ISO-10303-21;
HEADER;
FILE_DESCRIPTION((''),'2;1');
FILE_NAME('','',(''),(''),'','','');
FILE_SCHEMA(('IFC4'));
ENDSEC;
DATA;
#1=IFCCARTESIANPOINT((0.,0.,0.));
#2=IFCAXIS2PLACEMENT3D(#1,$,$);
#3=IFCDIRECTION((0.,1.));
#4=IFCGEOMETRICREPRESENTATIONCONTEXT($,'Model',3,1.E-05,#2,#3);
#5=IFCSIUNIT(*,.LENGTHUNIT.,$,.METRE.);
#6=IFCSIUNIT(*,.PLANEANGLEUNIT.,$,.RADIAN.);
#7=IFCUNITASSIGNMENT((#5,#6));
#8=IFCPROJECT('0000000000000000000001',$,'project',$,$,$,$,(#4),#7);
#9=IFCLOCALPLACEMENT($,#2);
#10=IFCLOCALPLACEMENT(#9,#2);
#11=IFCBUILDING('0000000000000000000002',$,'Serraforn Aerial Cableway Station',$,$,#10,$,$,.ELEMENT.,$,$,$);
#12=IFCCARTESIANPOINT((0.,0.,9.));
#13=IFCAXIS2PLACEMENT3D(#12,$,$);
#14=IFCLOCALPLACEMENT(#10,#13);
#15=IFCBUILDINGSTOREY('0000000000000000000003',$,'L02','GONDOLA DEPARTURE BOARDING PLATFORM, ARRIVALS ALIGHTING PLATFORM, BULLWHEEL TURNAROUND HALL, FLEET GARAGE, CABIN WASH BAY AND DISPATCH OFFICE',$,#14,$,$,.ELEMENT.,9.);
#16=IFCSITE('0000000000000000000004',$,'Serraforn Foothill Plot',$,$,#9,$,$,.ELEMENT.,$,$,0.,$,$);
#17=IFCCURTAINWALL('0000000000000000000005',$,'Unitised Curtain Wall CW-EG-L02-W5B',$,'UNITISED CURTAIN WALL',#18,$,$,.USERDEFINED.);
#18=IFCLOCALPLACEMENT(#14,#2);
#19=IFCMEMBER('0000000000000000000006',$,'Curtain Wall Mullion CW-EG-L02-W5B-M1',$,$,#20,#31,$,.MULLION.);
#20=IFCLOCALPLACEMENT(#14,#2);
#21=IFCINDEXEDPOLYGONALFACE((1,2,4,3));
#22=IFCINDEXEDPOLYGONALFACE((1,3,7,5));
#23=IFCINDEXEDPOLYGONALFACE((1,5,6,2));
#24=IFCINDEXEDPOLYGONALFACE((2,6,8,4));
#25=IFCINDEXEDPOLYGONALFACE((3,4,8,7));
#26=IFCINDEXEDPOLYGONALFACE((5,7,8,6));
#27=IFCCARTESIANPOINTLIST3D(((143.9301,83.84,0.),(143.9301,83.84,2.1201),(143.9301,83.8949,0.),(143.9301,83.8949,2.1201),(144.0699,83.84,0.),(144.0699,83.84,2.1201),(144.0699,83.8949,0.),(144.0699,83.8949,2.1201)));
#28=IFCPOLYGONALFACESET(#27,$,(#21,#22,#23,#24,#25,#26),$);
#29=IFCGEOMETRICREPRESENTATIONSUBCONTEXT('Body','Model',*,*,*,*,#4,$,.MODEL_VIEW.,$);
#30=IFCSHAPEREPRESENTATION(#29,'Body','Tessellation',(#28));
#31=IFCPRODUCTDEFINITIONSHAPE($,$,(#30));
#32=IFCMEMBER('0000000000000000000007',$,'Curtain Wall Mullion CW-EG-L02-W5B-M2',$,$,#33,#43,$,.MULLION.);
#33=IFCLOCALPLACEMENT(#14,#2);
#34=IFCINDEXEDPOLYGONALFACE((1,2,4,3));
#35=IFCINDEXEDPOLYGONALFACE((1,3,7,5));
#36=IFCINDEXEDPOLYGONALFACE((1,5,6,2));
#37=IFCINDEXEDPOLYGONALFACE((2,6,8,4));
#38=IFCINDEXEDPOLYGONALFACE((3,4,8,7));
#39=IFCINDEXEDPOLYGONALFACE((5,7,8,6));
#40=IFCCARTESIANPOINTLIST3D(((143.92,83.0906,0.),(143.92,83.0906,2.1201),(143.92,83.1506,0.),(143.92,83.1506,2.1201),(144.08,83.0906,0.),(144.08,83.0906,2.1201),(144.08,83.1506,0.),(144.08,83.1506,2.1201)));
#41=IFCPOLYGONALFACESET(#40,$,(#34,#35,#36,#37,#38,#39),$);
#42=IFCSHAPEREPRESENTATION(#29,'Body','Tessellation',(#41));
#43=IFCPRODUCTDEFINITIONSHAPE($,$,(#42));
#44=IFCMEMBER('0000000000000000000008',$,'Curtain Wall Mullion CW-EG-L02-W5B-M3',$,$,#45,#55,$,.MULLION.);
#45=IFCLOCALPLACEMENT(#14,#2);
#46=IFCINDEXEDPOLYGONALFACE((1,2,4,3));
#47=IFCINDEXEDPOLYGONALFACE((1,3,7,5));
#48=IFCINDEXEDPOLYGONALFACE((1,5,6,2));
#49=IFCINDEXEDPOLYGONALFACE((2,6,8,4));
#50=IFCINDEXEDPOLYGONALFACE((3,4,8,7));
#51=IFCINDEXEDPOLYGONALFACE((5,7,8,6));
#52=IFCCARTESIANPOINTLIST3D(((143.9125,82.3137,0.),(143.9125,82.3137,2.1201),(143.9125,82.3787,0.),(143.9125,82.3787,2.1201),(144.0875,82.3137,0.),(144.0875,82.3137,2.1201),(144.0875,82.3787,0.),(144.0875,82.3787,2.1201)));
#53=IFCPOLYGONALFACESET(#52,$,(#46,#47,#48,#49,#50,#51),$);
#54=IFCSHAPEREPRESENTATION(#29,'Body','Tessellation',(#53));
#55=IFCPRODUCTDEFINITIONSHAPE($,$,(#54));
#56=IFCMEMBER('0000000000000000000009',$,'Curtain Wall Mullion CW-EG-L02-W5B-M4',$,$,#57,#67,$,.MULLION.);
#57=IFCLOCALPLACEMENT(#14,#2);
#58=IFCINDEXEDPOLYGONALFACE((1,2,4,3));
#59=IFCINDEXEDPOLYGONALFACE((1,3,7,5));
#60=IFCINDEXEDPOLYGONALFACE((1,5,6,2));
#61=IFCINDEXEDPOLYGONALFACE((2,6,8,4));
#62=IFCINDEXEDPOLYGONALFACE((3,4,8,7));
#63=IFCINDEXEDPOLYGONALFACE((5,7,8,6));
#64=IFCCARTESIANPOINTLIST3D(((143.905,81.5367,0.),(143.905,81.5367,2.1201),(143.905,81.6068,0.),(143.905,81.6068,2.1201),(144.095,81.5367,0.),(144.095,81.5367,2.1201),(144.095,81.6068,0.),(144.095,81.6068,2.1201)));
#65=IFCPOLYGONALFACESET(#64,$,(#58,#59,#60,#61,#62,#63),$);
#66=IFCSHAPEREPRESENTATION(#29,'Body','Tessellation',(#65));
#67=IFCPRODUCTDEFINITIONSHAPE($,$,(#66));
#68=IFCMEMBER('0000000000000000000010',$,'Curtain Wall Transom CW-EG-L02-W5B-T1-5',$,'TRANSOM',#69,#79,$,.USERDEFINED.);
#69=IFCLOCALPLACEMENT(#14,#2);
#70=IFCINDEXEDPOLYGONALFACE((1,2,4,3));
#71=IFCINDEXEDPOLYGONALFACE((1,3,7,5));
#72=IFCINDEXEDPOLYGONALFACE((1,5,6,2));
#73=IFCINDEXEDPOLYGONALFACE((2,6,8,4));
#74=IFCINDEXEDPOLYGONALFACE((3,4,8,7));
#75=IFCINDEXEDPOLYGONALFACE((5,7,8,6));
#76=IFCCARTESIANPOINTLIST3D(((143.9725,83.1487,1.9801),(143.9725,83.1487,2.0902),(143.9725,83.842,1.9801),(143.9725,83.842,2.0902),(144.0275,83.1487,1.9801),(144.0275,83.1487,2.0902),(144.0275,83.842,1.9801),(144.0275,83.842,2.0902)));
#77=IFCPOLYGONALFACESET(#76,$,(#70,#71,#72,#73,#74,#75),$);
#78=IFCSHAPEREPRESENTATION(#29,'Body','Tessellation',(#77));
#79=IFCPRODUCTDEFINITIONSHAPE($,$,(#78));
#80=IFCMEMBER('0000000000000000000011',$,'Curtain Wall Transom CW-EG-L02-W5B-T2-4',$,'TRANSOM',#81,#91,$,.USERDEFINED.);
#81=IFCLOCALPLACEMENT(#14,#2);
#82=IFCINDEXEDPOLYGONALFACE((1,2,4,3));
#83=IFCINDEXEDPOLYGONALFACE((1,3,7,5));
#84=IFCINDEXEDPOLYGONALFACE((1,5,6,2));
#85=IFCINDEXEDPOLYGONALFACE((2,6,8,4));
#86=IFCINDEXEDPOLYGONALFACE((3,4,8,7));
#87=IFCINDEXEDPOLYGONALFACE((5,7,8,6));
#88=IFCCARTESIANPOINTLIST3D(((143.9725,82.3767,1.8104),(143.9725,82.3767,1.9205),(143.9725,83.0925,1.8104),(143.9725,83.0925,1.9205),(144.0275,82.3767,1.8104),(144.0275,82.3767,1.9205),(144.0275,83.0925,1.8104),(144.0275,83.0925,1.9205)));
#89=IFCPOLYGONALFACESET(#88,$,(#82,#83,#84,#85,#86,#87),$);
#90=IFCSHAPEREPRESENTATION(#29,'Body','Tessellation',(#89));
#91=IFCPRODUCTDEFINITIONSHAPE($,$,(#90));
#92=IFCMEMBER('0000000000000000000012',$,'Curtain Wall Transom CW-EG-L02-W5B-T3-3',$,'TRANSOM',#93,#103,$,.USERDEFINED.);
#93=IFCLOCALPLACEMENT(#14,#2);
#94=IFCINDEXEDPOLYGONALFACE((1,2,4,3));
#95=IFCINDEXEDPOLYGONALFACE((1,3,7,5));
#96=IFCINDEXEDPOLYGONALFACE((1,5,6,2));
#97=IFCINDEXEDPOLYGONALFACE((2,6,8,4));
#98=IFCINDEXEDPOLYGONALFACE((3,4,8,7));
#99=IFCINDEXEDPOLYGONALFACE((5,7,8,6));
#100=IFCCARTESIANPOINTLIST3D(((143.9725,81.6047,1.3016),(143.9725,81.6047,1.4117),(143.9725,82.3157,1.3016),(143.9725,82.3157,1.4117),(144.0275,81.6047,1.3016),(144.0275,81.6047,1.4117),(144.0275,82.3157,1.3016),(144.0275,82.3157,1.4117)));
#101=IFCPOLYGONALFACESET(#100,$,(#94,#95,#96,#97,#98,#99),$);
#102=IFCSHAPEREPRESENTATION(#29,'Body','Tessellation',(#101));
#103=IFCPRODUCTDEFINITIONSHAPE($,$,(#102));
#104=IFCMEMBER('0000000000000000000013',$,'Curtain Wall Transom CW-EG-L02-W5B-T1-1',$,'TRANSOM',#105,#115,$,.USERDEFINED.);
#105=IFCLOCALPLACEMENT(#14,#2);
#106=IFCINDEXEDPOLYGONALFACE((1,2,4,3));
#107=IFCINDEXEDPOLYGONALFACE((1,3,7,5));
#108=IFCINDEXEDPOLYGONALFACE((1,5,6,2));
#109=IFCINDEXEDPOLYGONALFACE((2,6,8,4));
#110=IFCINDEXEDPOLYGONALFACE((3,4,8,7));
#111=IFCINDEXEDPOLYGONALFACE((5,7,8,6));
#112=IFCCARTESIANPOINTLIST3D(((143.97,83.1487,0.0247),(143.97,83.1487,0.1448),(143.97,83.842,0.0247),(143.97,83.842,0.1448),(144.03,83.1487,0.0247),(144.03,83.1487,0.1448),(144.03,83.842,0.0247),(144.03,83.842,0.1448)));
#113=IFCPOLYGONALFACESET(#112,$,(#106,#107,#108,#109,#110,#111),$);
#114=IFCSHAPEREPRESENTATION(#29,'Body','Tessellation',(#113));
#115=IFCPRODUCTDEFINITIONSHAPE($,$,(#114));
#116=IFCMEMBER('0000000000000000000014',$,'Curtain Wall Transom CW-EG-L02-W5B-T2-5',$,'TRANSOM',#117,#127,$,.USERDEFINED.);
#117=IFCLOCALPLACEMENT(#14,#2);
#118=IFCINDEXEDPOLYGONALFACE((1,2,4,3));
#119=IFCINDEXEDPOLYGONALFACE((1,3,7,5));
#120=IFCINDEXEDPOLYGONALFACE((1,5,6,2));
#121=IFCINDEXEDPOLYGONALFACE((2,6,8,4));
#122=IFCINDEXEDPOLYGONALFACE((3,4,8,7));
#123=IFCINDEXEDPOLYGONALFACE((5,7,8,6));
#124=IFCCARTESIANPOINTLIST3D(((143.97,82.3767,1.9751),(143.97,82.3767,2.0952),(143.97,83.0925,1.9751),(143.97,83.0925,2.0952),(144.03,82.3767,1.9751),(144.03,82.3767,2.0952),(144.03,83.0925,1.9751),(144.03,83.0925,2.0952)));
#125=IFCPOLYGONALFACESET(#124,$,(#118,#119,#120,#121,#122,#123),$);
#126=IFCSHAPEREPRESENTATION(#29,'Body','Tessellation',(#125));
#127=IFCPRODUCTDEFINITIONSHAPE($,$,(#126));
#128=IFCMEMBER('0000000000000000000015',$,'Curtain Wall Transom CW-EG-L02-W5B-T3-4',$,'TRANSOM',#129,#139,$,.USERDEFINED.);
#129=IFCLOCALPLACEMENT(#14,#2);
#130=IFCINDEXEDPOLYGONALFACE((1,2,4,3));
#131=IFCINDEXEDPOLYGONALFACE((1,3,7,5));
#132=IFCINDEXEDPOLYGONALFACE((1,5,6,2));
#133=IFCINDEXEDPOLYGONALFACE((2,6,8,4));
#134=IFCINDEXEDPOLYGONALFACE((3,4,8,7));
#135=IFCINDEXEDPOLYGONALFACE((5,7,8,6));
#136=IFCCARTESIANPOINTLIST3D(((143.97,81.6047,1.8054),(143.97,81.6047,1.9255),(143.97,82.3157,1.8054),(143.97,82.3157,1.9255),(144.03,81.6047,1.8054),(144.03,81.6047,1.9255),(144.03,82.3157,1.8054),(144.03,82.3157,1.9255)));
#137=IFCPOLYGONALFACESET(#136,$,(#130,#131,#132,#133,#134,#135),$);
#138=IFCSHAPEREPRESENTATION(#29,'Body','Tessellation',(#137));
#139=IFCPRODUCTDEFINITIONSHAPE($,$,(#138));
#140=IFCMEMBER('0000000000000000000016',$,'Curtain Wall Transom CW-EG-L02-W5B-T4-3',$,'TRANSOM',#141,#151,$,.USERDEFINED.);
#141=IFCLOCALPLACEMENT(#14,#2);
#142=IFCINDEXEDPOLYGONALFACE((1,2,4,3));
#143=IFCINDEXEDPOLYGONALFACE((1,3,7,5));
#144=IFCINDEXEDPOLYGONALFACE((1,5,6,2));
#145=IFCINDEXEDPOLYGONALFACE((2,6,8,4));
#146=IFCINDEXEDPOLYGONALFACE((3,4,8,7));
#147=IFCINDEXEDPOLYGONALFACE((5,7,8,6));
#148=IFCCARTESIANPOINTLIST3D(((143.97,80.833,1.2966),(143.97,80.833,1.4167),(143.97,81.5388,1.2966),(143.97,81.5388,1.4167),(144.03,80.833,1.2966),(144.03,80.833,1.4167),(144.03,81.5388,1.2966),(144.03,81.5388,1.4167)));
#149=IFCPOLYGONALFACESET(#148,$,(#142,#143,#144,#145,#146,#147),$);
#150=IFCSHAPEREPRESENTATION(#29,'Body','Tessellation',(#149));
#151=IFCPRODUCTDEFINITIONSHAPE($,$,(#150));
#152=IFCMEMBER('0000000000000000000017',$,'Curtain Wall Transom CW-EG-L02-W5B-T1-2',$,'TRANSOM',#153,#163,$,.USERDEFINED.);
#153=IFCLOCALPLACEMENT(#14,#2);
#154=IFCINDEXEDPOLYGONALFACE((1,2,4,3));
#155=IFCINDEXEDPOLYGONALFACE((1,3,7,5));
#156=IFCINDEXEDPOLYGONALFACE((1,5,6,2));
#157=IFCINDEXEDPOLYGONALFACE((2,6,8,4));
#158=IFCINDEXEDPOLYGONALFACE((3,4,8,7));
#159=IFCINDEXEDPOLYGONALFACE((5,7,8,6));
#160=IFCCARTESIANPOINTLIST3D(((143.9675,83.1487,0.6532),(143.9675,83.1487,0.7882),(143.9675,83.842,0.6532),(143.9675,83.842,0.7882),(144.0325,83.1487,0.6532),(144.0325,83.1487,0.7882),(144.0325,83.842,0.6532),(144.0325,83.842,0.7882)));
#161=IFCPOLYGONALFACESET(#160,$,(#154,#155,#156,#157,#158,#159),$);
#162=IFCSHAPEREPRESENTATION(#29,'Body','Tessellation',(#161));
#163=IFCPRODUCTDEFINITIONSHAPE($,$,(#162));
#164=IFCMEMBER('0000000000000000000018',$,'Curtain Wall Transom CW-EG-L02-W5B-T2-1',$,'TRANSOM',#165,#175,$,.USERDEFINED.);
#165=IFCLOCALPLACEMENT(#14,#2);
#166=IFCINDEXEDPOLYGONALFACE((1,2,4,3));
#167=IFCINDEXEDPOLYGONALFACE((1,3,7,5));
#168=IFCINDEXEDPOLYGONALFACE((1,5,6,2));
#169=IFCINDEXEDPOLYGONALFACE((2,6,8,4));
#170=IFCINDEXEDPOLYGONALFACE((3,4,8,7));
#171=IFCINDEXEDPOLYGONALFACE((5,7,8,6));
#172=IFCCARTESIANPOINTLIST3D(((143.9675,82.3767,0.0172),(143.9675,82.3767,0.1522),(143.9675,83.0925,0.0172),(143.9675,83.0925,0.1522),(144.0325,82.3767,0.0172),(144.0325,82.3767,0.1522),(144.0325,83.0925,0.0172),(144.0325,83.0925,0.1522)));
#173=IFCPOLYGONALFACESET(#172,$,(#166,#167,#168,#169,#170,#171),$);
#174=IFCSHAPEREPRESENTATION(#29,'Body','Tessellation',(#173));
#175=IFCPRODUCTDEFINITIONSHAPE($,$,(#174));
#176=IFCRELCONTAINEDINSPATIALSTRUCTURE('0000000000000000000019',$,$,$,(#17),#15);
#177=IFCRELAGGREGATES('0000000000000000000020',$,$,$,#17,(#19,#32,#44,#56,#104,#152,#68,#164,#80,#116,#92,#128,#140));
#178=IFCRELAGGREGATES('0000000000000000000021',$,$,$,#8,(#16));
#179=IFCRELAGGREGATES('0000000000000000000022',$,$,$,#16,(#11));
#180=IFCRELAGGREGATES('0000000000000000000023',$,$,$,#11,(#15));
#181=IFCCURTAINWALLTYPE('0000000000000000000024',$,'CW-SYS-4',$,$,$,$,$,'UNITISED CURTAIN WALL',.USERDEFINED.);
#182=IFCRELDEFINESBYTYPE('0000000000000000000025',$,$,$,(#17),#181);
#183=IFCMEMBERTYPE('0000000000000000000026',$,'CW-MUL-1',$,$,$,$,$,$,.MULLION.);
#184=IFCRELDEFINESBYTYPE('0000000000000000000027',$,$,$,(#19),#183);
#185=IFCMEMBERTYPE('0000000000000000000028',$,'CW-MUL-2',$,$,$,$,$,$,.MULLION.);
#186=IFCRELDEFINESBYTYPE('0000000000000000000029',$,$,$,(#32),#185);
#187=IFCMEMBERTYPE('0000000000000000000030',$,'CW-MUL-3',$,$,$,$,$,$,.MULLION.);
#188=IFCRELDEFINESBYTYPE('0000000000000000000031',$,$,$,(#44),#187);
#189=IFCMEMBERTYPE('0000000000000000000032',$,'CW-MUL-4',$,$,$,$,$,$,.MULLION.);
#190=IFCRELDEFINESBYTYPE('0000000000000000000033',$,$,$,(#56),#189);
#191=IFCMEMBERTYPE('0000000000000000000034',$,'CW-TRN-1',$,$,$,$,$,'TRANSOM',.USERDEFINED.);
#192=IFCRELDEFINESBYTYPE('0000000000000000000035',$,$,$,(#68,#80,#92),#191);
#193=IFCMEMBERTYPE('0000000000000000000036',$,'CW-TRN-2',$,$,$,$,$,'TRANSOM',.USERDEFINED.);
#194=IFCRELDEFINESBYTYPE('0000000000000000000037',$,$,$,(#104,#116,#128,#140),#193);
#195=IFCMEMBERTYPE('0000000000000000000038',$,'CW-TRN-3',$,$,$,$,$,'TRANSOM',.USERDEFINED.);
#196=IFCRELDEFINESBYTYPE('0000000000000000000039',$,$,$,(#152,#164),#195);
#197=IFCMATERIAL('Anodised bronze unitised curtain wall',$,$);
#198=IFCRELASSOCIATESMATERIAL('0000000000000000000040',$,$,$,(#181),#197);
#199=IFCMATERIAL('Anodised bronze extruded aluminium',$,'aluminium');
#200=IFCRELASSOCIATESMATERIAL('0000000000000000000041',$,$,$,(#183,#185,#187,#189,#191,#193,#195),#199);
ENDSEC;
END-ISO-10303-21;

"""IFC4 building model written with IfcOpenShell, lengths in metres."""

from ifc_helpers import new_model, si_unit, direction, frame, origin, origin_2d, place, context, subcontext, project, spatial, rectangle, extrude, material, material_profile, profile_set, type_object, element, aggregate, save


model = new_model("IFC4")

# Units and contexts
model_context = context("Model", 3, precision=1e-05, world=origin(), true_north=direction((0.0, 1.0)))
body_context = subcontext(model_context, "Body", "Model", "MODEL_VIEW")
ifc_project = project(units=[si_unit("LENGTHUNIT", "METRE"), si_unit("PLANEANGLEUNIT", "RADIAN")], contexts=[model_context])

# Site, building, storey
site_placement = place(None, origin())
site = spatial("IfcSite", under=ifc_project, at=site_placement, Name="Serraforn Foothill Plot", CompositionType="ELEMENT", RefElevation=0.0)
building_placement = place(site_placement, origin())
building = spatial("IfcBuilding", under=site, at=building_placement, Name="Serraforn Aerial Cableway Station", CompositionType="ELEMENT")
storey_placement = place(building_placement, frame((0.0, 0.0, 9.0)))
storey = spatial("IfcBuildingStorey", under=building, at=storey_placement, Name="L02", Description="GONDOLA DEPARTURE BOARDING PLATFORM, ARRIVALS ALIGHTING PLATFORM, BULLWHEEL TURNAROUND HALL, FLEET GARAGE, CABIN WASH BAY AND DISPATCH OFFICE", CompositionType="ELEMENT", Elevation=9.0)

# Curtain wall, members
ifc_material_1 = material(Name="Anodised bronze unitised curtain wall")
curtain_wall_type = type_object("IfcCurtainWallType", Name="CW-SYS-4", ElementType="UNITISED CURTAIN WALL", PredefinedType="USERDEFINED", material=ifc_material_1)
curtain_wall_placement = place(storey_placement, origin())
curtain_wall = element("IfcCurtainWall", 1, at=curtain_wall_placement, inside=storey, type_object=curtain_wall_type, Name="Unitised Curtain Wall CW-EG-L02-W5B", ObjectType="UNITISED CURTAIN WALL", PredefinedType="USERDEFINED")
ifc_material_2 = material(Name="Anodised bronze extruded aluminium", Category="aluminium")
ifc_material_profile_1 = material_profile(ifc_material_2, rectangle(XDim=0.0549, YDim=0.1399, at=origin_2d()), Name="CW MULLION 55x140")
ifc_profile_set_1 = profile_set([ifc_material_profile_1], Name="Anodised bronze extruded aluminium")
member_type_1 = type_object("IfcMemberType", Name="CW-MUL-1", PredefinedType="MULLION", material=ifc_profile_set_1)
member_1_placement = place(storey_placement, frame((144.0, 83.8674, 0.0), z_axis=(0.0, 0.0, 1.0), x_axis=(0.0, -1.0, 0.0)))
member_1 = element("IfcMember", 2, at=member_1_placement, type_object=member_type_1, Name="Curtain Wall Mullion CW-EG-L02-W5B-M1", PredefinedType="MULLION", context=body_context, shape_type="SweptSolid", body=[
    extrude(rectangle(XDim=0.0549, YDim=0.1399, at=origin_2d()), origin(), (0.0, 0.0, 1.0), 2.1201),
])
ifc_material_profile_2 = material_profile(ifc_material_2, rectangle(XDim=0.0601, YDim=0.1599, at=origin_2d()), Name="CW MULLION 60x160")
ifc_profile_set_2 = profile_set([ifc_material_profile_2], Name="Anodised bronze extruded aluminium")
member_type_2 = type_object("IfcMemberType", Name="CW-MUL-2", PredefinedType="MULLION", material=ifc_profile_set_2)
member_2_placement = place(storey_placement, frame((144.0, 83.1206, 0.0), z_axis=(0.0, 0.0, 1.0), x_axis=(0.0, -1.0, 0.0)))
member_2 = element("IfcMember", 3, at=member_2_placement, type_object=member_type_2, Name="Curtain Wall Mullion CW-EG-L02-W5B-M2", PredefinedType="MULLION", context=body_context, shape_type="SweptSolid", body=[
    extrude(rectangle(XDim=0.0601, YDim=0.1599, at=origin_2d()), origin(), (0.0, 0.0, 1.0), 2.1201),
])
ifc_material_profile_3 = material_profile(ifc_material_2, rectangle(XDim=0.0649, YDim=0.175, at=origin_2d()), Name="CW MULLION 65x175")
ifc_profile_set_3 = profile_set([ifc_material_profile_3], Name="Anodised bronze extruded aluminium")
member_type_3 = type_object("IfcMemberType", Name="CW-MUL-3", PredefinedType="MULLION", material=ifc_profile_set_3)
member_3_placement = place(storey_placement, frame((144.0, 82.3462, 0.0), z_axis=(0.0, 0.0, 1.0), x_axis=(0.0, -1.0, 0.0)))
member_3 = element("IfcMember", 4, at=member_3_placement, type_object=member_type_3, Name="Curtain Wall Mullion CW-EG-L02-W5B-M3", PredefinedType="MULLION", context=body_context, shape_type="SweptSolid", body=[
    extrude(rectangle(XDim=0.0649, YDim=0.175, at=origin_2d()), origin(), (0.0, 0.0, 1.0), 2.1201),
])
ifc_material_profile_4 = material_profile(ifc_material_2, rectangle(XDim=0.0701, YDim=0.1899, at=origin_2d()), Name="CW MULLION 70x190")
ifc_profile_set_4 = profile_set([ifc_material_profile_4], Name="Anodised bronze extruded aluminium")
member_type_4 = type_object("IfcMemberType", Name="CW-MUL-4", PredefinedType="MULLION", material=ifc_profile_set_4)
member_4_placement = place(storey_placement, frame((144.0, 81.5718, 0.0), z_axis=(0.0, 0.0, 1.0), x_axis=(0.0, -1.0, 0.0)))
member_4 = element("IfcMember", 5, at=member_4_placement, type_object=member_type_4, Name="Curtain Wall Mullion CW-EG-L02-W5B-M4", PredefinedType="MULLION", context=body_context, shape_type="SweptSolid", body=[
    extrude(rectangle(XDim=0.0701, YDim=0.1899, at=origin_2d()), origin(), (0.0, 0.0, 1.0), 2.1201),
])
ifc_material_profile_5 = material_profile(ifc_material_2, rectangle(XDim=0.0549, YDim=0.1101, at=origin_2d()), Name="CW TRANSOM 55x110")
ifc_profile_set_5 = profile_set([ifc_material_profile_5], Name="Anodised bronze extruded aluminium")
member_type_5 = type_object("IfcMemberType", Name="CW-TRN-1", ElementType="TRANSOM", PredefinedType="USERDEFINED", material=ifc_profile_set_5)
member_5_placement = place(storey_placement, frame((144.0, 83.842, 2.0352), z_axis=(0.0, -1.0, 0.0), x_axis=(1.0, 0.0, 0.0)))
member_5 = element("IfcMember", 6, at=member_5_placement, type_object=member_type_5, Name="Curtain Wall Transom CW-EG-L02-W5B-T1-5", ObjectType="TRANSOM", PredefinedType="USERDEFINED", context=body_context, shape_type="SweptSolid", body=[
    extrude(rectangle(XDim=0.0549, YDim=0.1101, at=origin_2d()), origin(), (0.0, 0.0, 1.0), 0.6934),
])
member_6_placement = place(storey_placement, frame((144.0, 83.0925, 1.8655), z_axis=(0.0, -1.0, 0.0), x_axis=(1.0, 0.0, 0.0)))
member_6 = element("IfcMember", 7, at=member_6_placement, type_object=member_type_5, Name="Curtain Wall Transom CW-EG-L02-W5B-T2-4", ObjectType="TRANSOM", PredefinedType="USERDEFINED", context=body_context, shape_type="SweptSolid", body=[
    extrude(rectangle(XDim=0.0549, YDim=0.1101, at=origin_2d()), origin(), (0.0, 0.0, 1.0), 0.7158),
])
member_7_placement = place(storey_placement, frame((144.0, 82.3157, 1.3567), z_axis=(0.0, -1.0, 0.0), x_axis=(1.0, 0.0, 0.0)))
member_7 = element("IfcMember", 8, at=member_7_placement, type_object=member_type_5, Name="Curtain Wall Transom CW-EG-L02-W5B-T3-3", ObjectType="TRANSOM", PredefinedType="USERDEFINED", context=body_context, shape_type="SweptSolid", body=[
    extrude(rectangle(XDim=0.0549, YDim=0.1101, at=origin_2d()), origin(), (0.0, 0.0, 1.0), 0.7109),
])
ifc_material_profile_6 = material_profile(ifc_material_2, rectangle(XDim=0.0601, YDim=0.1201, at=origin_2d()), Name="CW TRANSOM 60x120")
ifc_profile_set_6 = profile_set([ifc_material_profile_6], Name="Anodised bronze extruded aluminium")
member_type_6 = type_object("IfcMemberType", Name="CW-TRN-2", ElementType="TRANSOM", PredefinedType="USERDEFINED", material=ifc_profile_set_6)
member_8_placement = place(storey_placement, frame((144.0, 83.842, 0.0847), z_axis=(0.0, -1.0, 0.0), x_axis=(1.0, 0.0, 0.0)))
member_8 = element("IfcMember", 9, at=member_8_placement, type_object=member_type_6, Name="Curtain Wall Transom CW-EG-L02-W5B-T1-1", ObjectType="TRANSOM", PredefinedType="USERDEFINED", context=body_context, shape_type="SweptSolid", body=[
    extrude(rectangle(XDim=0.0601, YDim=0.1201, at=origin_2d()), origin(), (0.0, 0.0, 1.0), 0.6934),
])
member_9_placement = place(storey_placement, frame((144.0, 83.0925, 2.0352), z_axis=(0.0, -1.0, 0.0), x_axis=(1.0, 0.0, 0.0)))
member_9 = element("IfcMember", 10, at=member_9_placement, type_object=member_type_6, Name="Curtain Wall Transom CW-EG-L02-W5B-T2-5", ObjectType="TRANSOM", PredefinedType="USERDEFINED", context=body_context, shape_type="SweptSolid", body=[
    extrude(rectangle(XDim=0.0601, YDim=0.1201, at=origin_2d()), origin(), (0.0, 0.0, 1.0), 0.7158),
])
member_10_placement = place(storey_placement, frame((144.0, 82.3157, 1.8655), z_axis=(0.0, -1.0, 0.0), x_axis=(1.0, 0.0, 0.0)))
member_10 = element("IfcMember", 11, at=member_10_placement, type_object=member_type_6, Name="Curtain Wall Transom CW-EG-L02-W5B-T3-4", ObjectType="TRANSOM", PredefinedType="USERDEFINED", context=body_context, shape_type="SweptSolid", body=[
    extrude(rectangle(XDim=0.0601, YDim=0.1201, at=origin_2d()), origin(), (0.0, 0.0, 1.0), 0.7109),
])
member_11_placement = place(storey_placement, frame((144.0, 81.5388, 1.3567), z_axis=(0.0, -1.0, 0.0), x_axis=(1.0, 0.0, 0.0)))
member_11 = element("IfcMember", 12, at=member_11_placement, type_object=member_type_6, Name="Curtain Wall Transom CW-EG-L02-W5B-T4-3", ObjectType="TRANSOM", PredefinedType="USERDEFINED", context=body_context, shape_type="SweptSolid", body=[
    extrude(rectangle(XDim=0.0601, YDim=0.1201, at=origin_2d()), origin(), (0.0, 0.0, 1.0), 0.7058),
])
ifc_material_profile_7 = material_profile(ifc_material_2, rectangle(XDim=0.0649, YDim=0.135, at=origin_2d()), Name="CW TRANSOM 65x135")
ifc_profile_set_7 = profile_set([ifc_material_profile_7], Name="Anodised bronze extruded aluminium")
member_type_7 = type_object("IfcMemberType", Name="CW-TRN-3", ElementType="TRANSOM", PredefinedType="USERDEFINED", material=ifc_profile_set_7)
member_12_placement = place(storey_placement, frame((144.0, 83.842, 0.7207), z_axis=(0.0, -1.0, 0.0), x_axis=(1.0, 0.0, 0.0)))
member_12 = element("IfcMember", 13, at=member_12_placement, type_object=member_type_7, Name="Curtain Wall Transom CW-EG-L02-W5B-T1-2", ObjectType="TRANSOM", PredefinedType="USERDEFINED", context=body_context, shape_type="SweptSolid", body=[
    extrude(rectangle(XDim=0.0649, YDim=0.135, at=origin_2d()), origin(), (0.0, 0.0, 1.0), 0.6934),
])
member_13_placement = place(storey_placement, frame((144.0, 83.0925, 0.0847), z_axis=(0.0, -1.0, 0.0), x_axis=(1.0, 0.0, 0.0)))
member_13 = element("IfcMember", 14, at=member_13_placement, type_object=member_type_7, Name="Curtain Wall Transom CW-EG-L02-W5B-T2-1", ObjectType="TRANSOM", PredefinedType="USERDEFINED", context=body_context, shape_type="SweptSolid", body=[
    extrude(rectangle(XDim=0.0649, YDim=0.135, at=origin_2d()), origin(), (0.0, 0.0, 1.0), 0.7158),
])

aggregate(curtain_wall, [member_1, member_2, member_3, member_4, member_8, member_12, member_5, member_13, member_6, member_9, member_7, member_10, member_11])

save(model, "model.ifc")
